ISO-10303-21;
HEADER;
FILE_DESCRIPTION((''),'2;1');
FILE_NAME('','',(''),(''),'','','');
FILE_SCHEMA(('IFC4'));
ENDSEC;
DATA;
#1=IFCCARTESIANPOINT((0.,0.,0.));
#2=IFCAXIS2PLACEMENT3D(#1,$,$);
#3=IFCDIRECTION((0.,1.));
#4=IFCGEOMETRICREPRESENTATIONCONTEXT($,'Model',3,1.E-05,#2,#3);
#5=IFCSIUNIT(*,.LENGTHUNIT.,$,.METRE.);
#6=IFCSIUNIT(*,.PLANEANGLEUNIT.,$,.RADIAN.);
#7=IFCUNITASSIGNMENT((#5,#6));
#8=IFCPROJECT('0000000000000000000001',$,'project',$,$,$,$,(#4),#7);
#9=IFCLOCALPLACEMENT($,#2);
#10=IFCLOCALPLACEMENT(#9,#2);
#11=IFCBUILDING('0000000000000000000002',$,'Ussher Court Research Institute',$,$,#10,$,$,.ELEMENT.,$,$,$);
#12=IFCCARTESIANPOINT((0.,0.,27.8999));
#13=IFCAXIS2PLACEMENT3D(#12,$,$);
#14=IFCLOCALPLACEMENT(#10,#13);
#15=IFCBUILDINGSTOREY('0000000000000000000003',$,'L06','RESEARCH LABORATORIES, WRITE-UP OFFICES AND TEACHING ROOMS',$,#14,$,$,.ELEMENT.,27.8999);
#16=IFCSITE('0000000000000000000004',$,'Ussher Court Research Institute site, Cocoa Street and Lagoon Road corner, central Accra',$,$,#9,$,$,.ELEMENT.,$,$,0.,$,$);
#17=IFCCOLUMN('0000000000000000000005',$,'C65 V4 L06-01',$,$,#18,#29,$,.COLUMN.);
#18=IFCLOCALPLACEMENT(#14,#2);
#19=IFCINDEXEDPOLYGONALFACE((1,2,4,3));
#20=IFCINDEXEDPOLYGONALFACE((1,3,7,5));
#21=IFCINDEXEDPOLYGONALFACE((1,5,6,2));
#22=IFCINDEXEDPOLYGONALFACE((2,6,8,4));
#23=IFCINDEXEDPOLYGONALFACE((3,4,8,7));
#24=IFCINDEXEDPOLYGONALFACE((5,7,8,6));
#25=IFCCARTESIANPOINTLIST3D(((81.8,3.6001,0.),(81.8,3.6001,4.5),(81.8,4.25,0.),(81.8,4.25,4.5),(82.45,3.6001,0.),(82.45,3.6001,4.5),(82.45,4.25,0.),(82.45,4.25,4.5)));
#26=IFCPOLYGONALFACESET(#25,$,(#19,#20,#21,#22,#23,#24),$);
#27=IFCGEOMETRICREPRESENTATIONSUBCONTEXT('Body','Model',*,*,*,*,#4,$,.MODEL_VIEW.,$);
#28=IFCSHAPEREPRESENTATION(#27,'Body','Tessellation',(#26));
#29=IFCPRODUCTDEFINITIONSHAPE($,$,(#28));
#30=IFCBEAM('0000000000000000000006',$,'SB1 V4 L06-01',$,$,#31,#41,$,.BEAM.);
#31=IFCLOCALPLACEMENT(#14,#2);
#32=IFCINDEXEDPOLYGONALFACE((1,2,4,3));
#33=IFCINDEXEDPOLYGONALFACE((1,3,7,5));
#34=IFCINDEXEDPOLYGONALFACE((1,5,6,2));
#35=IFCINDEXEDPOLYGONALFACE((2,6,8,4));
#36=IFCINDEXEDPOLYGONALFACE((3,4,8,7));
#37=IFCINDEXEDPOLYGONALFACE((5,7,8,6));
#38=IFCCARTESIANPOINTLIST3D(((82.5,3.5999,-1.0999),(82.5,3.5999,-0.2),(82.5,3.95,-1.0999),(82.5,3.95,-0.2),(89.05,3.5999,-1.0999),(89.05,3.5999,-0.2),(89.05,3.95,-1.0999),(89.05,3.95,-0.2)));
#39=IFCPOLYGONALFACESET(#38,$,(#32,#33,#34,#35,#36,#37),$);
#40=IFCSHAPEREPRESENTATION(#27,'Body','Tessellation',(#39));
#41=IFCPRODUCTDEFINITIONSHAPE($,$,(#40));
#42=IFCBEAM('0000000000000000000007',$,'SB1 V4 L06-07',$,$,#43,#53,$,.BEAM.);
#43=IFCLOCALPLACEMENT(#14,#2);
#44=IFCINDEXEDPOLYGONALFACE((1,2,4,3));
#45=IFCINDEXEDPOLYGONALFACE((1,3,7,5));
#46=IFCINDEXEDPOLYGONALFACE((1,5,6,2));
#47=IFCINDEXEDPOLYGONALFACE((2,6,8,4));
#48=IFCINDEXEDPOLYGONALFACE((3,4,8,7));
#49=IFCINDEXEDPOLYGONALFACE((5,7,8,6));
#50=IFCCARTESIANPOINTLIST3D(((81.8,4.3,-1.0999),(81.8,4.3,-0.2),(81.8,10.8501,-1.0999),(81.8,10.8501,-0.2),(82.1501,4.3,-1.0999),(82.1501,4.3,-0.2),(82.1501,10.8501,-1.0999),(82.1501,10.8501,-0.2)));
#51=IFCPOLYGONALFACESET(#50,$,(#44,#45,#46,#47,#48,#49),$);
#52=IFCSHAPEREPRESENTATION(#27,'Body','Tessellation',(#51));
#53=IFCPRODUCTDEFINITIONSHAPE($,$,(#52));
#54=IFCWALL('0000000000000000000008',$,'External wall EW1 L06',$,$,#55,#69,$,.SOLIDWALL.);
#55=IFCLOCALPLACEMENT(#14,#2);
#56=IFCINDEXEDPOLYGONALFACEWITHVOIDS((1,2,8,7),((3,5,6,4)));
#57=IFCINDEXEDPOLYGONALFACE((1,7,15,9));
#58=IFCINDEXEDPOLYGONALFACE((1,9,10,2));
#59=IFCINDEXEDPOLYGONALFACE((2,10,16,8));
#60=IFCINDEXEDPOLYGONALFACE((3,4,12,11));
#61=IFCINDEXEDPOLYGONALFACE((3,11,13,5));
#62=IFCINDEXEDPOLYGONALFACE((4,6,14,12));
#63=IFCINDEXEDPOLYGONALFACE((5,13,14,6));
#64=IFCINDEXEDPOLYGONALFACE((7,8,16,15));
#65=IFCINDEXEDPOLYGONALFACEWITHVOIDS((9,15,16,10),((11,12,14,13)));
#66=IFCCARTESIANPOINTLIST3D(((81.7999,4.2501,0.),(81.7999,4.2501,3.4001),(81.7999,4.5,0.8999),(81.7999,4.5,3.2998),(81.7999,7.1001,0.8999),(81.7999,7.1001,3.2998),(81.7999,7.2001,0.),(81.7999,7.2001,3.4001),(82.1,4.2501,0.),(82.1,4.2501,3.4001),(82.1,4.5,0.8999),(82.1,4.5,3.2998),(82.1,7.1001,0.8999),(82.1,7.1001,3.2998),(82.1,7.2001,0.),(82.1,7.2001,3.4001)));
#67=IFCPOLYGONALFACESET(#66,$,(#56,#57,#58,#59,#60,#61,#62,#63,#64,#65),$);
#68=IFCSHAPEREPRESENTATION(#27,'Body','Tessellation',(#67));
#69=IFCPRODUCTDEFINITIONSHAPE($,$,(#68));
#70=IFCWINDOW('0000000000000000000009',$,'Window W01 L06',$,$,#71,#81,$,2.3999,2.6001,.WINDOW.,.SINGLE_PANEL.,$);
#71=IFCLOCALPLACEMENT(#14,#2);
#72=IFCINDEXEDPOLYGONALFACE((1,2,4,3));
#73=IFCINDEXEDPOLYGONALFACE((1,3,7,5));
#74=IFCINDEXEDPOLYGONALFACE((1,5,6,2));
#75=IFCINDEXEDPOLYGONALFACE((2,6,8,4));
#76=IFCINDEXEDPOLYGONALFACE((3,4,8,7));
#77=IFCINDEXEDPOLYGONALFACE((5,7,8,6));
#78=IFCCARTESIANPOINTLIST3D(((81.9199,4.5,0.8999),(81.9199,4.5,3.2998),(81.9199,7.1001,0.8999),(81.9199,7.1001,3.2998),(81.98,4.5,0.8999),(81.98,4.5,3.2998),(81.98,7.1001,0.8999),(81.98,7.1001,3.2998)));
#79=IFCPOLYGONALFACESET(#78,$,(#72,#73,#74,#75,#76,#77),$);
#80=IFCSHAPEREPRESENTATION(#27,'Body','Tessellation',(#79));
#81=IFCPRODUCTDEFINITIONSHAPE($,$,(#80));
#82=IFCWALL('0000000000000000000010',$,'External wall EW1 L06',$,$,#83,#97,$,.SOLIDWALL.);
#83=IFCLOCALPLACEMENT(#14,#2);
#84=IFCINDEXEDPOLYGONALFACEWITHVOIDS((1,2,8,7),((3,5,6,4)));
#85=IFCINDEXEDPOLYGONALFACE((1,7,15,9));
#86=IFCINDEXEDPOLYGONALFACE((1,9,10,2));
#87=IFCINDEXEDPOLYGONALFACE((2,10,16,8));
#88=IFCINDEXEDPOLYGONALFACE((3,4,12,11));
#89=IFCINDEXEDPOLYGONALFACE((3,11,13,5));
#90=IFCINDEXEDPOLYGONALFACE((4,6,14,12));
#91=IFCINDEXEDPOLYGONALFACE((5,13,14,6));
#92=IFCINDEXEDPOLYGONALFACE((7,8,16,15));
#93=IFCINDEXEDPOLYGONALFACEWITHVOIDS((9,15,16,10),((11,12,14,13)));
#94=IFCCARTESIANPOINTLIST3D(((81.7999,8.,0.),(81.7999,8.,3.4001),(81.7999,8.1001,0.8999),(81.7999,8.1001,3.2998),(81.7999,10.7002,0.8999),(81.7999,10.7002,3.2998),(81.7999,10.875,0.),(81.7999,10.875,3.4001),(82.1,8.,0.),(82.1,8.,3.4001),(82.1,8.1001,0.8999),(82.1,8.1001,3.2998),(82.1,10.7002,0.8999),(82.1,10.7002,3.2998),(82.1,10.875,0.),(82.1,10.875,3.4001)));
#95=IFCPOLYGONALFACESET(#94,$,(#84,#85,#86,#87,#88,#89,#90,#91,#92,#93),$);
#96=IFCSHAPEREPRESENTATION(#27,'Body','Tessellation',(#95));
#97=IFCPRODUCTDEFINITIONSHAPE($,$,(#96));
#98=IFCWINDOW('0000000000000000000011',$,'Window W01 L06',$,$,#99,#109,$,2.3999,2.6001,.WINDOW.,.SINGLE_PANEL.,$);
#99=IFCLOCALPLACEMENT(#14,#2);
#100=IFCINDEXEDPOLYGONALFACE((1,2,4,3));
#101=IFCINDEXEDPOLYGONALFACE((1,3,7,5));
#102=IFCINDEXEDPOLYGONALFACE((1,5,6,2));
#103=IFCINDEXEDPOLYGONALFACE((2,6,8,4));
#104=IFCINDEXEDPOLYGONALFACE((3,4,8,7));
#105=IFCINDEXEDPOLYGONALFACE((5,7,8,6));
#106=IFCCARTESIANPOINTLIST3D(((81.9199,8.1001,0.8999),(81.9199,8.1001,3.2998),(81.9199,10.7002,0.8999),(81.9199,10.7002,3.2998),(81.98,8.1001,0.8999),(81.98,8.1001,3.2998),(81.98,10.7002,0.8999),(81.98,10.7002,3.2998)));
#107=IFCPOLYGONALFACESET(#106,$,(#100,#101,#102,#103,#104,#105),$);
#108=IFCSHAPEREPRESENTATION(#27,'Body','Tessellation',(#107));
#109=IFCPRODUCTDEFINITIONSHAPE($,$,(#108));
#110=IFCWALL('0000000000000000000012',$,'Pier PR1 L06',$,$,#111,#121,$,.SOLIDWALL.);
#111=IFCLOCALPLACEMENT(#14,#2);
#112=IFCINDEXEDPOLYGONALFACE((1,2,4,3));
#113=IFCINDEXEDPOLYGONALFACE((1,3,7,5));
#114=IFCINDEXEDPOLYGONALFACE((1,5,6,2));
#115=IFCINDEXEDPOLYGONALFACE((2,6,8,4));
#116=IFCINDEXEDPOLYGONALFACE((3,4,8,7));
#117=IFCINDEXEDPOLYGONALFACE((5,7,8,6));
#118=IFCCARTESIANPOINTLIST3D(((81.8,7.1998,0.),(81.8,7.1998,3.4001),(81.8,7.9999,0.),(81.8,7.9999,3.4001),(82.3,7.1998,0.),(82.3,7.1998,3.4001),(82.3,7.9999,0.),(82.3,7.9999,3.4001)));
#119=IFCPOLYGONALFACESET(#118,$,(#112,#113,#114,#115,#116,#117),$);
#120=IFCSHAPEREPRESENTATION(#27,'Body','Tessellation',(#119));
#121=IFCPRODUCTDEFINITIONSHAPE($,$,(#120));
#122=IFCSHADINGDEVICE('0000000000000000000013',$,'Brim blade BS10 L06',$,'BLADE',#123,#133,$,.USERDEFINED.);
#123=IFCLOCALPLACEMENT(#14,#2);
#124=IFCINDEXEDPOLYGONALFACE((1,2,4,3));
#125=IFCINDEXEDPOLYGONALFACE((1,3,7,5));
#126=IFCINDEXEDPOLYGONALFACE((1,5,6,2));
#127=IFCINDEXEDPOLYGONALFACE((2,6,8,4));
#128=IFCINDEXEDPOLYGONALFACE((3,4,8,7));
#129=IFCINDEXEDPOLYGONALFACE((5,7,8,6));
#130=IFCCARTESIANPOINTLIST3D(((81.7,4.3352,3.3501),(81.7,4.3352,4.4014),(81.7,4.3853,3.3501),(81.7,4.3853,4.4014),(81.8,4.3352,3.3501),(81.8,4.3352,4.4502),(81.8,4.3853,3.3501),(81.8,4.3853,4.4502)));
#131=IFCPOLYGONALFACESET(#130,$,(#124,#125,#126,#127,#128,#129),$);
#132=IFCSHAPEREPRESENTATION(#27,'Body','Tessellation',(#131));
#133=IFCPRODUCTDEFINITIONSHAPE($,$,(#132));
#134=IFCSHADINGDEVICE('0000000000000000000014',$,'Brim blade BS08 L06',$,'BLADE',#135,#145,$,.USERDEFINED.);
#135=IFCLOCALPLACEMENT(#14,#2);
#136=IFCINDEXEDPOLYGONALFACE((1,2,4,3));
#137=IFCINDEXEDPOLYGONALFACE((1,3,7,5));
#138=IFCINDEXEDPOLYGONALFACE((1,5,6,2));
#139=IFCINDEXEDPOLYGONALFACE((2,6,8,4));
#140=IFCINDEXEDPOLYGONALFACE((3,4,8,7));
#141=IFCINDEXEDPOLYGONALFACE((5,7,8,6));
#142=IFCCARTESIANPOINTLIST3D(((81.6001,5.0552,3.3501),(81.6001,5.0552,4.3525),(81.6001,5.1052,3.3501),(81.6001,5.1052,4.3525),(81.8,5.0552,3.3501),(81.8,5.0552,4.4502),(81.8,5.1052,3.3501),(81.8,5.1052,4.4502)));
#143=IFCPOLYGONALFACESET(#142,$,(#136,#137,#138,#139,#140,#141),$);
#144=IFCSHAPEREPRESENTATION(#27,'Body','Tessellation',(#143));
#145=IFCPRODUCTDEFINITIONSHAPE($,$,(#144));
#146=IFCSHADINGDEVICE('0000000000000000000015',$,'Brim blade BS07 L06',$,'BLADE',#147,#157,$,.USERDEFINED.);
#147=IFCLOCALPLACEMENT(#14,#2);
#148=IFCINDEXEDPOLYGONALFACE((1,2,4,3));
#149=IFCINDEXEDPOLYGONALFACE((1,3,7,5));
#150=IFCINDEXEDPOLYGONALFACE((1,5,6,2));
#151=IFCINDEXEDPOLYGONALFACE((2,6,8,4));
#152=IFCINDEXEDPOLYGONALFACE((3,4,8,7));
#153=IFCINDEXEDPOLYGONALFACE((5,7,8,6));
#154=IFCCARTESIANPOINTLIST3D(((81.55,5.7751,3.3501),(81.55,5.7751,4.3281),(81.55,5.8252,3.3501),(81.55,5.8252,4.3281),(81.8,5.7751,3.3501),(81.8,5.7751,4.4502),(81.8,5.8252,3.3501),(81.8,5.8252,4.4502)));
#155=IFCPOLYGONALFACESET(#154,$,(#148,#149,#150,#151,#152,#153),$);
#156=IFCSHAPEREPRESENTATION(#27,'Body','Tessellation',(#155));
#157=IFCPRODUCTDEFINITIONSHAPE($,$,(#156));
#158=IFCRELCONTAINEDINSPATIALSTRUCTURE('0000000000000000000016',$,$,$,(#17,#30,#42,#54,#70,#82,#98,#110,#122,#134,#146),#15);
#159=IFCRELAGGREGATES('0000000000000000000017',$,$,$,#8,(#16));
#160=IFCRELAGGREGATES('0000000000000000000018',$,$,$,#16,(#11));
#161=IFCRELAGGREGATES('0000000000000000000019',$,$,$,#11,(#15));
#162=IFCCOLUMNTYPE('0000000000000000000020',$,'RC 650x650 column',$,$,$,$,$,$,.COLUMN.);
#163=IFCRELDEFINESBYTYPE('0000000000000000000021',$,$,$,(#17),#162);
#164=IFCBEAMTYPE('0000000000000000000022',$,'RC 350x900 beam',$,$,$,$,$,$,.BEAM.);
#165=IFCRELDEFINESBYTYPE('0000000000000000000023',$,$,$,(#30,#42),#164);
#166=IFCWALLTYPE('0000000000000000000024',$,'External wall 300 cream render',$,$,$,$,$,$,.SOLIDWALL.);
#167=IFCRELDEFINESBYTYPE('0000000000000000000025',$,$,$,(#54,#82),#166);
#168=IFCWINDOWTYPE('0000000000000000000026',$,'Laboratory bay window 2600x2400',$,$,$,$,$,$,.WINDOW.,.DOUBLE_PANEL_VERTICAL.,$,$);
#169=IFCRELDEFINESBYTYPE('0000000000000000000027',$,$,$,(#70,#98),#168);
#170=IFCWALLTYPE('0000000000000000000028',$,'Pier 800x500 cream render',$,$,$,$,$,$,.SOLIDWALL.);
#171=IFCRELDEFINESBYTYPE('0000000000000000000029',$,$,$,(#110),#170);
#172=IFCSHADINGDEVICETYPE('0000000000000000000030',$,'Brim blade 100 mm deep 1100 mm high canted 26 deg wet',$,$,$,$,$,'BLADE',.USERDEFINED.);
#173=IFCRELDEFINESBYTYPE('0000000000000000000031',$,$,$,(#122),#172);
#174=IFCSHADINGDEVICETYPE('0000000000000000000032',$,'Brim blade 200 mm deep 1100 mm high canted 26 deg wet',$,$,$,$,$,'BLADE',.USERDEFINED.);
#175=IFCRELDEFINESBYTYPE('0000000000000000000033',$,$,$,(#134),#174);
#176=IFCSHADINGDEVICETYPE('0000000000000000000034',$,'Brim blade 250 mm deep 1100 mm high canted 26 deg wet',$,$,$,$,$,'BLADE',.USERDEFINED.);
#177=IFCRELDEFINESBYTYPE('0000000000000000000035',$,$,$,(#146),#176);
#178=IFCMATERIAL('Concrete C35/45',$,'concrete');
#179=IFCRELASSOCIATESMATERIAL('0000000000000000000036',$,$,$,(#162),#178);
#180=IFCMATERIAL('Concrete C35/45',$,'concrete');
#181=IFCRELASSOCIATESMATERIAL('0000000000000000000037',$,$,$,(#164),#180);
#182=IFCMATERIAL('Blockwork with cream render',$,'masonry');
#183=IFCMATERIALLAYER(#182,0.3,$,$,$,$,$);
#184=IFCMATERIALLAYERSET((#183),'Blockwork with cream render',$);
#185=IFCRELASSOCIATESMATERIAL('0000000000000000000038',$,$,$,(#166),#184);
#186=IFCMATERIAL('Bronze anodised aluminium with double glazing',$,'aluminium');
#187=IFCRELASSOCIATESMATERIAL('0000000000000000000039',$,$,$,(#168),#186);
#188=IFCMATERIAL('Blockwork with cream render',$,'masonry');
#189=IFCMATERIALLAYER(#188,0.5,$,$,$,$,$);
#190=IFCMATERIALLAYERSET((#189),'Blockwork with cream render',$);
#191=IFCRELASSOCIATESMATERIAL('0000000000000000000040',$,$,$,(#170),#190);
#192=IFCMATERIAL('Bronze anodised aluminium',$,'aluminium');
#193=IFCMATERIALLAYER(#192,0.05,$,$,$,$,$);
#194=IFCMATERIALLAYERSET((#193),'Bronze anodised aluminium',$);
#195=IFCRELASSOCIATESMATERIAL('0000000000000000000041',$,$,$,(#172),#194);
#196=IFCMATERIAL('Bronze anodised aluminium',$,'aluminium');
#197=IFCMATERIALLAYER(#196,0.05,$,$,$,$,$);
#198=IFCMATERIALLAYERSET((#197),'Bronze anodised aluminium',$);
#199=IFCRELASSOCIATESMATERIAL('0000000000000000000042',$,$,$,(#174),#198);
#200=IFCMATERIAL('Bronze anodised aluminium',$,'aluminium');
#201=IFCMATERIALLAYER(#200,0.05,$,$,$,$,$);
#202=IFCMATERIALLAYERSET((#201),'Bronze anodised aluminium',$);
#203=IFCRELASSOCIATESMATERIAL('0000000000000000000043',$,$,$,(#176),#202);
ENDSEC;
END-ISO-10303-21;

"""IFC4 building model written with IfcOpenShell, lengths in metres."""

from ifc_helpers import new_model, si_unit, direction, frame, frame_2d, origin, origin_2d, place, context, subcontext, project, spatial, polyline, rectangle, outline, extrude, material, layer, layer_set, material_profile, profile_set, type_object, element, fill, save


model = new_model("IFC4")

# Units and contexts
model_context = context("Model", 3, precision=1e-05, world=origin(), true_north=direction((0.0, 1.0)))
body_context = subcontext(model_context, "Body", "Model", "MODEL_VIEW")
ifc_project = project(units=[si_unit("LENGTHUNIT", "METRE"), si_unit("PLANEANGLEUNIT", "RADIAN")], contexts=[model_context])

# Site, building, storey
site_placement = place(None, origin())
site = spatial("IfcSite", under=ifc_project, at=site_placement, Name="Ussher Court Research Institute site, Cocoa Street and Lagoon Road corner, central Accra", CompositionType="ELEMENT", RefElevation=0.0)
building_placement = place(site_placement, origin())
building = spatial("IfcBuilding", under=site, at=building_placement, Name="Ussher Court Research Institute", CompositionType="ELEMENT")
storey_placement = place(building_placement, frame((0.0, 0.0, 27.8999)))
storey = spatial("IfcBuildingStorey", under=building, at=storey_placement, Name="L06", Description="RESEARCH LABORATORIES, WRITE-UP OFFICES AND TEACHING ROOMS", CompositionType="ELEMENT", Elevation=27.8999)

# Column
ifc_material_1 = material(Name="Concrete C35/45", Category="concrete")
ifc_material_profile_1 = material_profile(ifc_material_1, rectangle(XDim=0.6499, YDim=0.6499, at=origin_2d()), Name="RC 650x650")
ifc_profile_set_1 = profile_set([ifc_material_profile_1], Name="Concrete C35/45")
column_type = type_object("IfcColumnType", Name="RC 650x650 column", PredefinedType="COLUMN", material=ifc_profile_set_1)
column_placement = place(storey_placement, frame((82.125, 3.925, 0.0), z_axis=(0.0, 0.0, 1.0), x_axis=(1.0, 0.0, 0.0)))
element("IfcColumn", 1, at=column_placement, inside=storey, type_object=column_type, Name="C65 V4 L06-01", PredefinedType="COLUMN", context=body_context, shape_type="SweptSolid", body=[
    extrude(rectangle(XDim=0.6499, YDim=0.6499, at=origin_2d()), origin(), (0.0, 0.0, 1.0), 4.5),
])

# Beams
ifc_material_2 = material(Name="Concrete C35/45", Category="concrete")
ifc_material_profile_2 = material_profile(ifc_material_2, rectangle(XDim=0.3501, YDim=0.8999, at=origin_2d()), Name="RC 350x900")
ifc_profile_set_2 = profile_set([ifc_material_profile_2], Name="Concrete C35/45")
beam_type = type_object("IfcBeamType", Name="RC 350x900 beam", PredefinedType="BEAM", material=ifc_profile_set_2)
for number, where, z_axis, x_axis, name in (
    (2, (82.5, 3.7749, -0.6499), (1.0, 0.0, 0.0), (0.0, 1.0, 0.0), "SB1 V4 L06-01"),
    (3, (81.9751, 4.3, -0.6499), (0.0, 1.0, 0.0), (-1.0, 0.0, 0.0), "SB1 V4 L06-07"),
):
    element("IfcBeam", number, at=place(storey_placement, frame(where, z_axis=z_axis, x_axis=x_axis)), inside=storey, type_object=beam_type, Name=name, PredefinedType="BEAM", context=body_context, shape_type="SweptSolid", body=[
        extrude(rectangle(XDim=0.3501, YDim=0.8999, at=origin_2d()), origin(), (0.0, 0.0, 1.0), 6.55),
    ])

# Walls, openings, windows
ifc_material_3 = material(Name="Blockwork with cream render", Category="masonry")
ifc_layer_1 = layer(ifc_material_3, 0.3)
ifc_layer_set_1 = layer_set([ifc_layer_1], Name="Blockwork with cream render")
wall_type_1 = type_object("IfcWallType", Name="External wall 300 cream render", PredefinedType="SOLIDWALL", material=ifc_layer_set_1)
wall_1_placement = place(storey_placement, frame((81.95, 4.25, 0.0), z_axis=(0.0, 0.0, 1.0), x_axis=(0.0, 1.0, 0.0)))
wall_1 = element("IfcWall", 4, at=wall_1_placement, inside=storey, type_object=wall_type_1, Name="External wall EW1 L06", PredefinedType="SOLIDWALL", context=body_context, shape_type="SweptSolid", body=[
    extrude(rectangle(XDim=2.95, YDim=0.3, at=frame_2d((1.4751, 0.0))), origin(), (0.0, 0.0, 1.0), 3.4001),
])
opening_1_placement = place(wall_1_placement, frame((0.25, 0.0, 0.8999)))
opening_1 = element("IfcOpeningElement", 5, at=opening_1_placement, cuts=wall_1, PredefinedType="OPENING", context=body_context, shape_type="SweptSolid", body=[
    extrude(rectangle(XDim=2.6001, YDim=2.3999, at=frame_2d((1.3, 1.2))), frame((0.0, 0.1602, 0.0), z_axis=(0.0, -1.0, 0.0), x_axis=(1.0, 0.0, 0.0)), (0.0, 0.0, 1.0), 0.3201),
])
ifc_material_4 = material(Name="Bronze anodised aluminium with double glazing", Category="aluminium")
window_type = type_object("IfcWindowType", Name="Laboratory bay window 2600x2400", PartitioningType="DOUBLE_PANEL_VERTICAL", PredefinedType="WINDOW", material=ifc_material_4)
window_1_placement = place(opening_1_placement, origin())
window_1 = element("IfcWindow", 6, at=window_1_placement, inside=storey, type_object=window_type, Name="Window W01 L06", OverallHeight=2.3999, OverallWidth=2.6001, PartitioningType="SINGLE_PANEL", PredefinedType="WINDOW", context=body_context, shape_type="SweptSolid", body=[
    extrude(rectangle(XDim=2.6001, YDim=2.3999, at=frame_2d((1.3, 1.2))), frame((0.0, 0.03, 0.0), z_axis=(0.0, -1.0, 0.0), x_axis=(1.0, 0.0, 0.0)), (0.0, 0.0, 1.0), 0.0601),
])
fill(opening_1, window_1)
wall_2_placement = place(storey_placement, frame((81.95, 8.0, 0.0), z_axis=(0.0, 0.0, 1.0), x_axis=(0.0, 1.0, 0.0)))
wall_2 = element("IfcWall", 7, at=wall_2_placement, inside=storey, type_object=wall_type_1, Name="External wall EW1 L06", PredefinedType="SOLIDWALL", context=body_context, shape_type="SweptSolid", body=[
    extrude(rectangle(XDim=2.875, YDim=0.3, at=frame_2d((1.4375, 0.0))), origin(), (0.0, 0.0, 1.0), 3.4001),
])
opening_2_placement = place(wall_2_placement, frame((0.1001, 0.0, 0.8999)))
opening_2 = element("IfcOpeningElement", 8, at=opening_2_placement, cuts=wall_2, PredefinedType="OPENING", context=body_context, shape_type="SweptSolid", body=[
    extrude(rectangle(XDim=2.6001, YDim=2.3999, at=frame_2d((1.3, 1.2))), frame((0.0, 0.1602, 0.0), z_axis=(0.0, -1.0, 0.0), x_axis=(1.0, 0.0, 0.0)), (0.0, 0.0, 1.0), 0.3201),
])
window_2_placement = place(opening_2_placement, origin())
window_2 = element("IfcWindow", 9, at=window_2_placement, inside=storey, type_object=window_type, Name="Window W01 L06", OverallHeight=2.3999, OverallWidth=2.6001, PartitioningType="SINGLE_PANEL", PredefinedType="WINDOW", context=body_context, shape_type="SweptSolid", body=[
    extrude(rectangle(XDim=2.6001, YDim=2.3999, at=frame_2d((1.3, 1.2))), frame((0.0, 0.03, 0.0), z_axis=(0.0, -1.0, 0.0), x_axis=(1.0, 0.0, 0.0)), (0.0, 0.0, 1.0), 0.0601),
])
fill(opening_2, window_2)

# Wall
ifc_material_5 = material(Name="Blockwork with cream render", Category="masonry")
ifc_layer_2 = layer(ifc_material_5, 0.5)
ifc_layer_set_2 = layer_set([ifc_layer_2], Name="Blockwork with cream render")
wall_type_2 = type_object("IfcWallType", Name="Pier 800x500 cream render", PredefinedType="SOLIDWALL", material=ifc_layer_set_2)
wall_3_placement = place(storey_placement, frame((82.05, 7.2, 0.0), z_axis=(0.0, 0.0, 1.0), x_axis=(0.0, 1.0, 0.0)))
element("IfcWall", 10, at=wall_3_placement, inside=storey, type_object=wall_type_2, Name="Pier PR1 L06", PredefinedType="SOLIDWALL", context=body_context, shape_type="SweptSolid", body=[
    extrude(rectangle(XDim=0.8, YDim=0.5, at=frame_2d((0.3999, 0.0))), origin(), (0.0, 0.0, 1.0), 3.4001),
])

# Shading devices
ifc_material_6 = material(Name="Bronze anodised aluminium", Category="aluminium")
ifc_layer_3 = layer(ifc_material_6, 0.05)
ifc_layer_set_3 = layer_set([ifc_layer_3], Name="Bronze anodised aluminium")
shading_device_type_1 = type_object("IfcShadingDeviceType", Name="Brim blade 100 mm deep 1100 mm high canted 26 deg wet", ElementType="BLADE", PredefinedType="USERDEFINED", material=ifc_layer_set_3)
shading_device_1_placement = place(storey_placement, frame((81.8, 4.3601, 3.3501), z_axis=(0.0, 0.0, 1.0), x_axis=(-1.0, 0.0, 0.0)))
element("IfcShadingDevice", 11, at=shading_device_1_placement, inside=storey, type_object=shading_device_type_1, Name="Brim blade BS10 L06", ObjectType="BLADE", PredefinedType="USERDEFINED", context=body_context, shape_type="SweptSolid", body=[
    extrude(outline(polyline([(0.0, 0.0), (0.1001, 0.0), (0.1001, 1.0513), (0.0, 1.1001), (0.0, 0.0)])), frame((0.0, 0.0249, 0.0), z_axis=(0.0, -1.0, 0.0), x_axis=(1.0, 0.0, 0.0)), (0.0, 0.0, 1.0), 0.05),
])
ifc_material_7 = material(Name="Bronze anodised aluminium", Category="aluminium")
ifc_layer_4 = layer(ifc_material_7, 0.05)
ifc_layer_set_4 = layer_set([ifc_layer_4], Name="Bronze anodised aluminium")
shading_device_type_2 = type_object("IfcShadingDeviceType", Name="Brim blade 200 mm deep 1100 mm high canted 26 deg wet", ElementType="BLADE", PredefinedType="USERDEFINED", material=ifc_layer_set_4)
shading_device_2_placement = place(storey_placement, frame((81.8, 5.0801, 3.3501), z_axis=(0.0, 0.0, 1.0), x_axis=(-1.0, 0.0, 0.0)))
element("IfcShadingDevice", 12, at=shading_device_2_placement, inside=storey, type_object=shading_device_type_2, Name="Brim blade BS08 L06", ObjectType="BLADE", PredefinedType="USERDEFINED", context=body_context, shape_type="SweptSolid", body=[
    extrude(outline(polyline([(0.0, 0.0), (0.2, 0.0), (0.2, 1.0024), (0.0, 1.1001), (0.0, 0.0)])), frame((0.0, 0.0249, 0.0), z_axis=(0.0, -1.0, 0.0), x_axis=(1.0, 0.0, 0.0)), (0.0, 0.0, 1.0), 0.05),
])
ifc_material_8 = material(Name="Bronze anodised aluminium", Category="aluminium")
ifc_layer_5 = layer(ifc_material_8, 0.05)
ifc_layer_set_5 = layer_set([ifc_layer_5], Name="Bronze anodised aluminium")
shading_device_type_3 = type_object("IfcShadingDeviceType", Name="Brim blade 250 mm deep 1100 mm high canted 26 deg wet", ElementType="BLADE", PredefinedType="USERDEFINED", material=ifc_layer_set_5)
shading_device_3_placement = place(storey_placement, frame((81.8, 5.8, 3.3501), z_axis=(0.0, 0.0, 1.0), x_axis=(-1.0, 0.0, 0.0)))
element("IfcShadingDevice", 13, at=shading_device_3_placement, inside=storey, type_object=shading_device_type_3, Name="Brim blade BS07 L06", ObjectType="BLADE", PredefinedType="USERDEFINED", context=body_context, shape_type="SweptSolid", body=[
    extrude(outline(polyline([(0.0, 0.0), (0.25, 0.0), (0.25, 0.978), (0.0, 1.1001), (0.0, 0.0)])), frame((0.0, 0.0249, 0.0), z_axis=(0.0, -1.0, 0.0), x_axis=(1.0, 0.0, 0.0)), (0.0, 0.0, 1.0), 0.05),
])

save(model, "model.ifc")
